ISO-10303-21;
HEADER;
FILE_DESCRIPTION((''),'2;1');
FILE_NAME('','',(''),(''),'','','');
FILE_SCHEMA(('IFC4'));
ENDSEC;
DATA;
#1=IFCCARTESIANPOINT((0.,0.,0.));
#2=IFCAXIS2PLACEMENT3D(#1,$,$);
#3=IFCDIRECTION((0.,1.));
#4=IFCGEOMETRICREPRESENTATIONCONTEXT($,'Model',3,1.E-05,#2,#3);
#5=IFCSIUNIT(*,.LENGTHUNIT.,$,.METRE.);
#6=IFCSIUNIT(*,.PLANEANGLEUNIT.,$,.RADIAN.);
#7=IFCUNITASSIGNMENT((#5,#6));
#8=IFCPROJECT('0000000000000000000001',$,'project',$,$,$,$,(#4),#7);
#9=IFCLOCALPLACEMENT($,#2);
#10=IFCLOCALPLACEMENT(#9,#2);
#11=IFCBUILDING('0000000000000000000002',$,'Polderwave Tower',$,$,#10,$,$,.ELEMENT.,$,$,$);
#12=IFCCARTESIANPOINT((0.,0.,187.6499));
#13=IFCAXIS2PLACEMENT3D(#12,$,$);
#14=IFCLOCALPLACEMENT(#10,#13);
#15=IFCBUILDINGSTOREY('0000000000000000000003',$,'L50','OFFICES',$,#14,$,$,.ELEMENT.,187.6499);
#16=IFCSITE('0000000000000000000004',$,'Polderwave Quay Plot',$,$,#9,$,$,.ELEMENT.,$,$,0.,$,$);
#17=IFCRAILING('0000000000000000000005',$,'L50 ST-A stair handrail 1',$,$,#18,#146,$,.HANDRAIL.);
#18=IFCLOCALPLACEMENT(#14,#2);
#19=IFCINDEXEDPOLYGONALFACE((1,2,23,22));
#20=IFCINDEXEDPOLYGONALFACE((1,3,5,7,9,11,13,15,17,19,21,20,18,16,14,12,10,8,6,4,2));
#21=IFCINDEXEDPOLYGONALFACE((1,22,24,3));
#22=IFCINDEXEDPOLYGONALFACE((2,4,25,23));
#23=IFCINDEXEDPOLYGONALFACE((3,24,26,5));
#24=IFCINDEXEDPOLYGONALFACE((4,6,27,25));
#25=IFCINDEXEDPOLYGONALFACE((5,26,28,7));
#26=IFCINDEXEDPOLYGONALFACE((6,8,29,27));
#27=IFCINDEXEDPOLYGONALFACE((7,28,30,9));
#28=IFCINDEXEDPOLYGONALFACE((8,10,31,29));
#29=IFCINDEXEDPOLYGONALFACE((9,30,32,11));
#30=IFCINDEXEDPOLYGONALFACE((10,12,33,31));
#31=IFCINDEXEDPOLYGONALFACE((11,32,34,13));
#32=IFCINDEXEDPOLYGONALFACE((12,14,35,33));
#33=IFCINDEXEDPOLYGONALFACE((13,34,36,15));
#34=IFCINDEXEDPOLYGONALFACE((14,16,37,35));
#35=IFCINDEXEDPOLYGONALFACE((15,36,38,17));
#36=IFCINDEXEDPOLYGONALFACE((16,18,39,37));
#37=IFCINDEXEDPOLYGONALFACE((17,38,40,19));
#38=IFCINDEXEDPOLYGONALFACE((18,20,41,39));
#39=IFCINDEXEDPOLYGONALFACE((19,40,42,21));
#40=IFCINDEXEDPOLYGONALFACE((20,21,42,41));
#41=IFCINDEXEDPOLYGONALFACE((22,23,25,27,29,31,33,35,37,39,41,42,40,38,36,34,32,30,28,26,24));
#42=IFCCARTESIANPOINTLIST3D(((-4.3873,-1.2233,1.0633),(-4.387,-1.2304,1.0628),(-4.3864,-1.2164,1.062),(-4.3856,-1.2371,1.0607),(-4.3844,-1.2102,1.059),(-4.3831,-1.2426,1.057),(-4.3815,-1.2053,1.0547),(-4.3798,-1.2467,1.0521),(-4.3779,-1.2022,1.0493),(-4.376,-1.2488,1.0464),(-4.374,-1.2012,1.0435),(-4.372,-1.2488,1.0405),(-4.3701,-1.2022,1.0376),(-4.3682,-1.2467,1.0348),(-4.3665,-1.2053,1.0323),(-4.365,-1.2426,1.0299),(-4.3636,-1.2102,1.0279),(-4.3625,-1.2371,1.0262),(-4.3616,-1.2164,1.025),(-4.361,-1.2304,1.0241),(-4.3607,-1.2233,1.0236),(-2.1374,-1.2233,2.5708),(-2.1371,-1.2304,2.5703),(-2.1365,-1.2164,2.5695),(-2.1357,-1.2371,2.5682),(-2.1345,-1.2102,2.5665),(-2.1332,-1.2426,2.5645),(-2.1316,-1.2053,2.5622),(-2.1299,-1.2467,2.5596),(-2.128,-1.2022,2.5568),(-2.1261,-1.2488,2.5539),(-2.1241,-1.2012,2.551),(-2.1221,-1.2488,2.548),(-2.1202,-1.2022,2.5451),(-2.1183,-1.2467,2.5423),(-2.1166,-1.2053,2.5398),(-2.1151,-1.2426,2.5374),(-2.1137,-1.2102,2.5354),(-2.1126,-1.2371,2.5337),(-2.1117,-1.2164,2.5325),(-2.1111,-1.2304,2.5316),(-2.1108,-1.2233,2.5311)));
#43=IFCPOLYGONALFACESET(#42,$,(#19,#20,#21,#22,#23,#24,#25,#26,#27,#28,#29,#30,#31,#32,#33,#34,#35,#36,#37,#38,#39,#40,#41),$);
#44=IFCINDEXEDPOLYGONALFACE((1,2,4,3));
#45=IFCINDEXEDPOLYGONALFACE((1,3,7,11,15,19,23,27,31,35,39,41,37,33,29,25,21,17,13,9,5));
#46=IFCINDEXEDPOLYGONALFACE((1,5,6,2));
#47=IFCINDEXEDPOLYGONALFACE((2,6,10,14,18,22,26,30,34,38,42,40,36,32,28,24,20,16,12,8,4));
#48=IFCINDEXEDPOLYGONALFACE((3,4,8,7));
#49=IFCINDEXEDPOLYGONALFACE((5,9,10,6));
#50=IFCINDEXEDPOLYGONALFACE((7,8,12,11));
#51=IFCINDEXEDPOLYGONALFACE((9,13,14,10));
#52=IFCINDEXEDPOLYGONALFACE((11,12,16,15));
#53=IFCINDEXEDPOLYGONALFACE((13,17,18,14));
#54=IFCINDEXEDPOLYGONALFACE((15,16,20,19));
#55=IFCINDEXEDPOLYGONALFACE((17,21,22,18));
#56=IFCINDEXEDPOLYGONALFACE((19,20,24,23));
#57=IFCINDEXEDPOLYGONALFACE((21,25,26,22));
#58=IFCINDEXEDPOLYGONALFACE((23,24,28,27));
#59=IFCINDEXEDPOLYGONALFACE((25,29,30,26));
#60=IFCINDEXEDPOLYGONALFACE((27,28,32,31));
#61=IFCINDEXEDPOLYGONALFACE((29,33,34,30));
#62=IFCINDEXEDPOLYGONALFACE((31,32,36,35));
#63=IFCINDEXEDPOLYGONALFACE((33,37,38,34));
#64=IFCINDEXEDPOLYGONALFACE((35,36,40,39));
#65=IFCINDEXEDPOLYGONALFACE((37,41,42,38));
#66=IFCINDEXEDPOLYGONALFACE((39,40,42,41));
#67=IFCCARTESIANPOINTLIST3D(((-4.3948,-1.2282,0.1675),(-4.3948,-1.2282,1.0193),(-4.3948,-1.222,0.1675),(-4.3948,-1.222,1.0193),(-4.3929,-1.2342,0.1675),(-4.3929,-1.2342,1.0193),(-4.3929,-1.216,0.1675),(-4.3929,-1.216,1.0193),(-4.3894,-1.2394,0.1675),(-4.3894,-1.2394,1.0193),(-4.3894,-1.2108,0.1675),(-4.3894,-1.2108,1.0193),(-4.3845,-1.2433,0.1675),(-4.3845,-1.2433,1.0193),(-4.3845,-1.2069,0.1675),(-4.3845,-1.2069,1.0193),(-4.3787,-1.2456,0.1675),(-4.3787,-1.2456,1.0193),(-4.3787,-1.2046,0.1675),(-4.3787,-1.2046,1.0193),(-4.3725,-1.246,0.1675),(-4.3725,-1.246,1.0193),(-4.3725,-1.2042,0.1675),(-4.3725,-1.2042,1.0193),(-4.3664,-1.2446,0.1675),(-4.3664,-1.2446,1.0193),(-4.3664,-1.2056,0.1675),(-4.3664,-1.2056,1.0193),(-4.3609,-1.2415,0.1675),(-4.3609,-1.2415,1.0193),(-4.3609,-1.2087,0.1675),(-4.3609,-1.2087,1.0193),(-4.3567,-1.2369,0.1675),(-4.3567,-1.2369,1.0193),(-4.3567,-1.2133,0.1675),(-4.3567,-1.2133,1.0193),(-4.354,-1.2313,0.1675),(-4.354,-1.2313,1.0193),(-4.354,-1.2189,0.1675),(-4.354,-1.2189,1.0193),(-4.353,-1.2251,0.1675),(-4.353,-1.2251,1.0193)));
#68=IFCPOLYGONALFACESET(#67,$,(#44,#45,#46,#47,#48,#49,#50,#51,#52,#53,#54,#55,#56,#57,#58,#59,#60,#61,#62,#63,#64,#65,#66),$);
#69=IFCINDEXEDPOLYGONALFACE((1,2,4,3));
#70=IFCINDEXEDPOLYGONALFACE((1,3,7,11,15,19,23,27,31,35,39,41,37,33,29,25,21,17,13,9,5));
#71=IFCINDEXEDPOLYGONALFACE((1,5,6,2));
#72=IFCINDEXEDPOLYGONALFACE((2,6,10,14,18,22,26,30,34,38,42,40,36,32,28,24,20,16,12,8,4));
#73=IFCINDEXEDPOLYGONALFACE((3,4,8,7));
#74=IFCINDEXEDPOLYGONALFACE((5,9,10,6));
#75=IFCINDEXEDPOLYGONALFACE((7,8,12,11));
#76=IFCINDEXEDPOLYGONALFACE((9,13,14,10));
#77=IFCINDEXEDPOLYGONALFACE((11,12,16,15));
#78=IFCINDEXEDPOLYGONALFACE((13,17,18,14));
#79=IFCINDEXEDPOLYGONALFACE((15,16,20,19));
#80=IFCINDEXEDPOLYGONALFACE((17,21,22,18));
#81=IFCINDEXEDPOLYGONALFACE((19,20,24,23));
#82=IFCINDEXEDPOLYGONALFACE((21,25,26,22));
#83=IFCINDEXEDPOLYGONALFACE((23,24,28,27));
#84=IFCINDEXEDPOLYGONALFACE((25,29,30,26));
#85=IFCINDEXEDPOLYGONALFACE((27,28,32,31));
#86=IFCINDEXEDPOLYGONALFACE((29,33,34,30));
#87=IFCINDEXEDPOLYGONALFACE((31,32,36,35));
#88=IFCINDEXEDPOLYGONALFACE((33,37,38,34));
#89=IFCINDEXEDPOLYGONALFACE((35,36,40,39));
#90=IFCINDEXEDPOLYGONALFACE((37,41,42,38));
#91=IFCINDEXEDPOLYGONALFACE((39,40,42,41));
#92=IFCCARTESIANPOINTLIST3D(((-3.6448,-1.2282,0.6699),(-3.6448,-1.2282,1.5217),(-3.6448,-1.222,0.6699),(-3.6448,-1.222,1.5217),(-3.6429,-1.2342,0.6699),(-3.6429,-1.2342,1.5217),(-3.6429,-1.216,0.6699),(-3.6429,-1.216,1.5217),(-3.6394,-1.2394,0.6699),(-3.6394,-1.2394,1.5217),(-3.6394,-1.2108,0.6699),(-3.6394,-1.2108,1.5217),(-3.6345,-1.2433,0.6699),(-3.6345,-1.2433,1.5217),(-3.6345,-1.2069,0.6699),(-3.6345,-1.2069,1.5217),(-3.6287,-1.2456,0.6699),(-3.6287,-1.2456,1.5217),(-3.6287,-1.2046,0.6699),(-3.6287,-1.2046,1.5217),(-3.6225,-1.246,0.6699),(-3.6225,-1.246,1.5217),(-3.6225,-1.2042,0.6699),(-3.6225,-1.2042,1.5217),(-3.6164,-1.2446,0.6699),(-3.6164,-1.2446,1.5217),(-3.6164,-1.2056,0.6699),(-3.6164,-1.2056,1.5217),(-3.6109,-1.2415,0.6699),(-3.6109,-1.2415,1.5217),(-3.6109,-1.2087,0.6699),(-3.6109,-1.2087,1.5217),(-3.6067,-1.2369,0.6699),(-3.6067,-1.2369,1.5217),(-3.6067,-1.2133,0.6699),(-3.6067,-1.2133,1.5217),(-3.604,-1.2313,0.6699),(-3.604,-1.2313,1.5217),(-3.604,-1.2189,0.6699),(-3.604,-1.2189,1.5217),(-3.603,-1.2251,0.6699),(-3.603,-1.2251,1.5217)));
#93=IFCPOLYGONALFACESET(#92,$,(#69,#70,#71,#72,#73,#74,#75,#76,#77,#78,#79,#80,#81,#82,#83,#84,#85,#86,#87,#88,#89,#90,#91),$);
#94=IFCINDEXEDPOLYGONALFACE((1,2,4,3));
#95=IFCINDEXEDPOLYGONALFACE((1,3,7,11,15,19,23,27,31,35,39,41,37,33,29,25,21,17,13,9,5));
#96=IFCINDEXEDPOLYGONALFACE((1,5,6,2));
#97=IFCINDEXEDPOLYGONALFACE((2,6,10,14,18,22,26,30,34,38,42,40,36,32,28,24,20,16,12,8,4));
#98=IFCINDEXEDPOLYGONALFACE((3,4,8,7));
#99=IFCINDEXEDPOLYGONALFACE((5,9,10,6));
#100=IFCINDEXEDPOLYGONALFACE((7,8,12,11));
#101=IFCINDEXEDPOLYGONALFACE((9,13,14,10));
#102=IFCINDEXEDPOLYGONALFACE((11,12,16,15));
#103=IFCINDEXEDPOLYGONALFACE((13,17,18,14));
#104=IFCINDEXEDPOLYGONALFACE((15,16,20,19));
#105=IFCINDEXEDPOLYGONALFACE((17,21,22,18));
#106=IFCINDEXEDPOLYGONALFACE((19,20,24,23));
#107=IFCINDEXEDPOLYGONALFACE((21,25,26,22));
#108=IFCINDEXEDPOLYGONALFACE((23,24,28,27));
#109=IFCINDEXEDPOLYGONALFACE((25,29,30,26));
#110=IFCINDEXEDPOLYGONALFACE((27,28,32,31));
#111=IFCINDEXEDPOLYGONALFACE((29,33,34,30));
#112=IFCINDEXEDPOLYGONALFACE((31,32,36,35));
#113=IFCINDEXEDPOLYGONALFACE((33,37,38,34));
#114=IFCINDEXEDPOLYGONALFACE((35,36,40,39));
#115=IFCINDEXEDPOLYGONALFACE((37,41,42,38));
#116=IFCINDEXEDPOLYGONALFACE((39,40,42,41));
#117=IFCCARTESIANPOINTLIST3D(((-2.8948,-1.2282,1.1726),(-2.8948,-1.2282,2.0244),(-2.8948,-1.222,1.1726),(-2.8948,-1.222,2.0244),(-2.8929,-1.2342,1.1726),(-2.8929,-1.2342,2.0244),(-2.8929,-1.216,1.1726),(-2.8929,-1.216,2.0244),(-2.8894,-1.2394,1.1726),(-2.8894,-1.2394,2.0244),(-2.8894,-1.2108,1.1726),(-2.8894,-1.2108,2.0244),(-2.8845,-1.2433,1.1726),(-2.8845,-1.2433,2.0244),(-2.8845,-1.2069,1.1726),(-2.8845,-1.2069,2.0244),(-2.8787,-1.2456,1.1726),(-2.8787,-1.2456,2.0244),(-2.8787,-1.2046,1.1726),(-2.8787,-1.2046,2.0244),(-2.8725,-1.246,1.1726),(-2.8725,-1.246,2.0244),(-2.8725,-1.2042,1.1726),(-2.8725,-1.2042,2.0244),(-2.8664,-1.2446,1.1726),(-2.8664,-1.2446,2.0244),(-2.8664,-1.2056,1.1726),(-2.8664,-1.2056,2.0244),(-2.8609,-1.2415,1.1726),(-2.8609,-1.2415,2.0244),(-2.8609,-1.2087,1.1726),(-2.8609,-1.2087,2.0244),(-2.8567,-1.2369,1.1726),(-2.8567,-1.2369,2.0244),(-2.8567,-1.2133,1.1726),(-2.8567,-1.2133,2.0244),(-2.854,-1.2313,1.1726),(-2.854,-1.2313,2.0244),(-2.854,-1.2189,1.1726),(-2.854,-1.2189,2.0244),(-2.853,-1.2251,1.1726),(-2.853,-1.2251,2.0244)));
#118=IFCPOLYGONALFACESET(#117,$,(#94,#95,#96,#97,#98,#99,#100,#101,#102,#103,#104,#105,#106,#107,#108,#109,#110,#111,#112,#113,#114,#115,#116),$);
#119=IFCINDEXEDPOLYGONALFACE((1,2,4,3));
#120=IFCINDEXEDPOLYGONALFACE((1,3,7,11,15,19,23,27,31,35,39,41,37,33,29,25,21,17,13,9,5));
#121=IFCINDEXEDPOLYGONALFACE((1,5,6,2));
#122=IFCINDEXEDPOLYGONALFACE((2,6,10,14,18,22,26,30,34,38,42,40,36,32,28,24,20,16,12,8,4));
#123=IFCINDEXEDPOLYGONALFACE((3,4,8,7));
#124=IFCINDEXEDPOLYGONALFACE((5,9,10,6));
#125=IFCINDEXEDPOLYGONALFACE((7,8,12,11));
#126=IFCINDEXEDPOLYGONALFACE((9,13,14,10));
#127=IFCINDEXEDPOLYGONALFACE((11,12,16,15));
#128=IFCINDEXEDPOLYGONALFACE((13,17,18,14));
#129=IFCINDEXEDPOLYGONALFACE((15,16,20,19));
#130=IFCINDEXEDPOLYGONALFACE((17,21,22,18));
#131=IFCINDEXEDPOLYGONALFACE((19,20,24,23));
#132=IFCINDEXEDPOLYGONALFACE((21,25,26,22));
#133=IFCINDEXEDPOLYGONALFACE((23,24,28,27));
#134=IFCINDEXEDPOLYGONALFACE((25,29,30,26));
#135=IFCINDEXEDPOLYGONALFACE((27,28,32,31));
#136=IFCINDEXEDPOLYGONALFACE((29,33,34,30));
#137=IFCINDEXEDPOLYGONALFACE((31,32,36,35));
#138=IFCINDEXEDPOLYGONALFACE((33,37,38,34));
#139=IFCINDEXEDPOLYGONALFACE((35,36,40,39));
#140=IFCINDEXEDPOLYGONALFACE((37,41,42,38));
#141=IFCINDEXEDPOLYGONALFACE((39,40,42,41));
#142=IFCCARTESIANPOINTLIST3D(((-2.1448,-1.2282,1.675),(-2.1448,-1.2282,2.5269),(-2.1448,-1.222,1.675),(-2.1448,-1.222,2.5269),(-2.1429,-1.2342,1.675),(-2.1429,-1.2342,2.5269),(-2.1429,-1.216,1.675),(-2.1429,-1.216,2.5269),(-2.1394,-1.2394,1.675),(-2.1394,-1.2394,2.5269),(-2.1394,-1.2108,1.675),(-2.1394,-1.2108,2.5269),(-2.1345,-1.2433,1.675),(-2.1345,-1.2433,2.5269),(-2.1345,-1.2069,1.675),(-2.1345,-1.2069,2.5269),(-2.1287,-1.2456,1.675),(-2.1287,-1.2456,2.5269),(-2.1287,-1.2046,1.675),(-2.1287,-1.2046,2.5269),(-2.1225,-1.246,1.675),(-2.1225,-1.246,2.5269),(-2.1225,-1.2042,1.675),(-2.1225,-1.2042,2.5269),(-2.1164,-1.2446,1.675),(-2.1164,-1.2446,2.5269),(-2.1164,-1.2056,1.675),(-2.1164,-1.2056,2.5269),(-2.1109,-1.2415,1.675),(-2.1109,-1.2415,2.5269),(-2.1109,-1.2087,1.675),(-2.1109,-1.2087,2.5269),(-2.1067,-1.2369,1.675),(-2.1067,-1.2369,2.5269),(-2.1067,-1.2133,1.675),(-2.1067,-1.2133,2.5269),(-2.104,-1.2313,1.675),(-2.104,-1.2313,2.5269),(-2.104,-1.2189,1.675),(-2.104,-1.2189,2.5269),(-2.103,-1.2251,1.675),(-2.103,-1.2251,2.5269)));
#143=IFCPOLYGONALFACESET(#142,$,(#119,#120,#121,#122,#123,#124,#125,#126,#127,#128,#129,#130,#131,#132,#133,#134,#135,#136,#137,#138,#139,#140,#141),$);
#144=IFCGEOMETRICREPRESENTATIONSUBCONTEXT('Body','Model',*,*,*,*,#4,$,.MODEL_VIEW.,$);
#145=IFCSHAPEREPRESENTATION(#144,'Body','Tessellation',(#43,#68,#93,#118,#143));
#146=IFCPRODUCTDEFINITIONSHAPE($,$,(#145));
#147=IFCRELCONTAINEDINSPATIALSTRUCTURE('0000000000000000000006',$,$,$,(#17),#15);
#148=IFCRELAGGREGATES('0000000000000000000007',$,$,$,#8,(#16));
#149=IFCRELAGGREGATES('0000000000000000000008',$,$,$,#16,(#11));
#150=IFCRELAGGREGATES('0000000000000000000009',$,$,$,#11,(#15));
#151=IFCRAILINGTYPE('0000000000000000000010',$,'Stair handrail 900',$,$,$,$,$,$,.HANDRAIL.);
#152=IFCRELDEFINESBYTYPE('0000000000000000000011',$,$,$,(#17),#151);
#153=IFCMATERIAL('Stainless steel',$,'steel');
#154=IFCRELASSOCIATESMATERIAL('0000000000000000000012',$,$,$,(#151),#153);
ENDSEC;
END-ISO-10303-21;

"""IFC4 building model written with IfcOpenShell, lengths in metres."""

from ifc_helpers import new_model, si_unit, direction, frame, origin, origin_2d, place, context, subcontext, project, spatial, circle, extrude, material, type_object, element, save


model = new_model("IFC4")

# Units and contexts
model_context = context("Model", 3, precision=1e-05, world=origin(), true_north=direction((0.0, 1.0)))
body_context = subcontext(model_context, "Body", "Model", "MODEL_VIEW")
ifc_project = project(units=[si_unit("LENGTHUNIT", "METRE"), si_unit("PLANEANGLEUNIT", "RADIAN")], contexts=[model_context])

# Site, building, storey
site_placement = place(None, origin())
site = spatial("IfcSite", under=ifc_project, at=site_placement, Name="Polderwave Quay Plot", CompositionType="ELEMENT", RefElevation=0.0)
building_placement = place(site_placement, origin())
building = spatial("IfcBuilding", under=site, at=building_placement, Name="Polderwave Tower", CompositionType="ELEMENT")
storey_placement = place(building_placement, frame((0.0, 0.0, 187.6499)))
storey = spatial("IfcBuildingStorey", under=building, at=storey_placement, Name="L50", Description="OFFICES", CompositionType="ELEMENT", Elevation=187.6499)

# Shared definitions
ifc_material_1 = material(Name="Stainless steel", Category="steel")

# Railing
railing_type_1 = type_object("IfcRailingType", Name="Stair handrail 900", PredefinedType="HANDRAIL", material=ifc_material_1)
railing_1_placement = place(storey_placement, frame((-4.374, -1.2251, 0.1675)))
element("IfcRailing", 1, at=railing_1_placement, inside=storey, type_object=railing_type_1, Name="L50 ST-A stair handrail 1", PredefinedType="HANDRAIL", context=body_context, shape_type="SweptSolid", body=[
    extrude(circle(Radius=0.0239, at=origin_2d()), frame((0.0, 0.0, 0.876), z_axis=(0.830758, 0.0, 0.556633), x_axis=(0.0, 1.0, 0.0)), (0.0, 0.0, 1.0), 2.7083),
    extrude(circle(Radius=0.021, at=origin_2d()), origin(), (0.0, 0.0, 1.0), 0.8518),
    extrude(circle(Radius=0.021, at=origin_2d()), frame((0.75, 0.0, 0.5024)), (0.0, 0.0, 1.0), 0.8518),
    extrude(circle(Radius=0.021, at=origin_2d()), frame((1.5, 0.0, 1.0051)), (0.0, 0.0, 1.0), 0.8518),
    extrude(circle(Radius=0.021, at=origin_2d()), frame((2.25, 0.0, 1.5076)), (0.0, 0.0, 1.0), 0.8518),
])

save(model, "model.ifc")
